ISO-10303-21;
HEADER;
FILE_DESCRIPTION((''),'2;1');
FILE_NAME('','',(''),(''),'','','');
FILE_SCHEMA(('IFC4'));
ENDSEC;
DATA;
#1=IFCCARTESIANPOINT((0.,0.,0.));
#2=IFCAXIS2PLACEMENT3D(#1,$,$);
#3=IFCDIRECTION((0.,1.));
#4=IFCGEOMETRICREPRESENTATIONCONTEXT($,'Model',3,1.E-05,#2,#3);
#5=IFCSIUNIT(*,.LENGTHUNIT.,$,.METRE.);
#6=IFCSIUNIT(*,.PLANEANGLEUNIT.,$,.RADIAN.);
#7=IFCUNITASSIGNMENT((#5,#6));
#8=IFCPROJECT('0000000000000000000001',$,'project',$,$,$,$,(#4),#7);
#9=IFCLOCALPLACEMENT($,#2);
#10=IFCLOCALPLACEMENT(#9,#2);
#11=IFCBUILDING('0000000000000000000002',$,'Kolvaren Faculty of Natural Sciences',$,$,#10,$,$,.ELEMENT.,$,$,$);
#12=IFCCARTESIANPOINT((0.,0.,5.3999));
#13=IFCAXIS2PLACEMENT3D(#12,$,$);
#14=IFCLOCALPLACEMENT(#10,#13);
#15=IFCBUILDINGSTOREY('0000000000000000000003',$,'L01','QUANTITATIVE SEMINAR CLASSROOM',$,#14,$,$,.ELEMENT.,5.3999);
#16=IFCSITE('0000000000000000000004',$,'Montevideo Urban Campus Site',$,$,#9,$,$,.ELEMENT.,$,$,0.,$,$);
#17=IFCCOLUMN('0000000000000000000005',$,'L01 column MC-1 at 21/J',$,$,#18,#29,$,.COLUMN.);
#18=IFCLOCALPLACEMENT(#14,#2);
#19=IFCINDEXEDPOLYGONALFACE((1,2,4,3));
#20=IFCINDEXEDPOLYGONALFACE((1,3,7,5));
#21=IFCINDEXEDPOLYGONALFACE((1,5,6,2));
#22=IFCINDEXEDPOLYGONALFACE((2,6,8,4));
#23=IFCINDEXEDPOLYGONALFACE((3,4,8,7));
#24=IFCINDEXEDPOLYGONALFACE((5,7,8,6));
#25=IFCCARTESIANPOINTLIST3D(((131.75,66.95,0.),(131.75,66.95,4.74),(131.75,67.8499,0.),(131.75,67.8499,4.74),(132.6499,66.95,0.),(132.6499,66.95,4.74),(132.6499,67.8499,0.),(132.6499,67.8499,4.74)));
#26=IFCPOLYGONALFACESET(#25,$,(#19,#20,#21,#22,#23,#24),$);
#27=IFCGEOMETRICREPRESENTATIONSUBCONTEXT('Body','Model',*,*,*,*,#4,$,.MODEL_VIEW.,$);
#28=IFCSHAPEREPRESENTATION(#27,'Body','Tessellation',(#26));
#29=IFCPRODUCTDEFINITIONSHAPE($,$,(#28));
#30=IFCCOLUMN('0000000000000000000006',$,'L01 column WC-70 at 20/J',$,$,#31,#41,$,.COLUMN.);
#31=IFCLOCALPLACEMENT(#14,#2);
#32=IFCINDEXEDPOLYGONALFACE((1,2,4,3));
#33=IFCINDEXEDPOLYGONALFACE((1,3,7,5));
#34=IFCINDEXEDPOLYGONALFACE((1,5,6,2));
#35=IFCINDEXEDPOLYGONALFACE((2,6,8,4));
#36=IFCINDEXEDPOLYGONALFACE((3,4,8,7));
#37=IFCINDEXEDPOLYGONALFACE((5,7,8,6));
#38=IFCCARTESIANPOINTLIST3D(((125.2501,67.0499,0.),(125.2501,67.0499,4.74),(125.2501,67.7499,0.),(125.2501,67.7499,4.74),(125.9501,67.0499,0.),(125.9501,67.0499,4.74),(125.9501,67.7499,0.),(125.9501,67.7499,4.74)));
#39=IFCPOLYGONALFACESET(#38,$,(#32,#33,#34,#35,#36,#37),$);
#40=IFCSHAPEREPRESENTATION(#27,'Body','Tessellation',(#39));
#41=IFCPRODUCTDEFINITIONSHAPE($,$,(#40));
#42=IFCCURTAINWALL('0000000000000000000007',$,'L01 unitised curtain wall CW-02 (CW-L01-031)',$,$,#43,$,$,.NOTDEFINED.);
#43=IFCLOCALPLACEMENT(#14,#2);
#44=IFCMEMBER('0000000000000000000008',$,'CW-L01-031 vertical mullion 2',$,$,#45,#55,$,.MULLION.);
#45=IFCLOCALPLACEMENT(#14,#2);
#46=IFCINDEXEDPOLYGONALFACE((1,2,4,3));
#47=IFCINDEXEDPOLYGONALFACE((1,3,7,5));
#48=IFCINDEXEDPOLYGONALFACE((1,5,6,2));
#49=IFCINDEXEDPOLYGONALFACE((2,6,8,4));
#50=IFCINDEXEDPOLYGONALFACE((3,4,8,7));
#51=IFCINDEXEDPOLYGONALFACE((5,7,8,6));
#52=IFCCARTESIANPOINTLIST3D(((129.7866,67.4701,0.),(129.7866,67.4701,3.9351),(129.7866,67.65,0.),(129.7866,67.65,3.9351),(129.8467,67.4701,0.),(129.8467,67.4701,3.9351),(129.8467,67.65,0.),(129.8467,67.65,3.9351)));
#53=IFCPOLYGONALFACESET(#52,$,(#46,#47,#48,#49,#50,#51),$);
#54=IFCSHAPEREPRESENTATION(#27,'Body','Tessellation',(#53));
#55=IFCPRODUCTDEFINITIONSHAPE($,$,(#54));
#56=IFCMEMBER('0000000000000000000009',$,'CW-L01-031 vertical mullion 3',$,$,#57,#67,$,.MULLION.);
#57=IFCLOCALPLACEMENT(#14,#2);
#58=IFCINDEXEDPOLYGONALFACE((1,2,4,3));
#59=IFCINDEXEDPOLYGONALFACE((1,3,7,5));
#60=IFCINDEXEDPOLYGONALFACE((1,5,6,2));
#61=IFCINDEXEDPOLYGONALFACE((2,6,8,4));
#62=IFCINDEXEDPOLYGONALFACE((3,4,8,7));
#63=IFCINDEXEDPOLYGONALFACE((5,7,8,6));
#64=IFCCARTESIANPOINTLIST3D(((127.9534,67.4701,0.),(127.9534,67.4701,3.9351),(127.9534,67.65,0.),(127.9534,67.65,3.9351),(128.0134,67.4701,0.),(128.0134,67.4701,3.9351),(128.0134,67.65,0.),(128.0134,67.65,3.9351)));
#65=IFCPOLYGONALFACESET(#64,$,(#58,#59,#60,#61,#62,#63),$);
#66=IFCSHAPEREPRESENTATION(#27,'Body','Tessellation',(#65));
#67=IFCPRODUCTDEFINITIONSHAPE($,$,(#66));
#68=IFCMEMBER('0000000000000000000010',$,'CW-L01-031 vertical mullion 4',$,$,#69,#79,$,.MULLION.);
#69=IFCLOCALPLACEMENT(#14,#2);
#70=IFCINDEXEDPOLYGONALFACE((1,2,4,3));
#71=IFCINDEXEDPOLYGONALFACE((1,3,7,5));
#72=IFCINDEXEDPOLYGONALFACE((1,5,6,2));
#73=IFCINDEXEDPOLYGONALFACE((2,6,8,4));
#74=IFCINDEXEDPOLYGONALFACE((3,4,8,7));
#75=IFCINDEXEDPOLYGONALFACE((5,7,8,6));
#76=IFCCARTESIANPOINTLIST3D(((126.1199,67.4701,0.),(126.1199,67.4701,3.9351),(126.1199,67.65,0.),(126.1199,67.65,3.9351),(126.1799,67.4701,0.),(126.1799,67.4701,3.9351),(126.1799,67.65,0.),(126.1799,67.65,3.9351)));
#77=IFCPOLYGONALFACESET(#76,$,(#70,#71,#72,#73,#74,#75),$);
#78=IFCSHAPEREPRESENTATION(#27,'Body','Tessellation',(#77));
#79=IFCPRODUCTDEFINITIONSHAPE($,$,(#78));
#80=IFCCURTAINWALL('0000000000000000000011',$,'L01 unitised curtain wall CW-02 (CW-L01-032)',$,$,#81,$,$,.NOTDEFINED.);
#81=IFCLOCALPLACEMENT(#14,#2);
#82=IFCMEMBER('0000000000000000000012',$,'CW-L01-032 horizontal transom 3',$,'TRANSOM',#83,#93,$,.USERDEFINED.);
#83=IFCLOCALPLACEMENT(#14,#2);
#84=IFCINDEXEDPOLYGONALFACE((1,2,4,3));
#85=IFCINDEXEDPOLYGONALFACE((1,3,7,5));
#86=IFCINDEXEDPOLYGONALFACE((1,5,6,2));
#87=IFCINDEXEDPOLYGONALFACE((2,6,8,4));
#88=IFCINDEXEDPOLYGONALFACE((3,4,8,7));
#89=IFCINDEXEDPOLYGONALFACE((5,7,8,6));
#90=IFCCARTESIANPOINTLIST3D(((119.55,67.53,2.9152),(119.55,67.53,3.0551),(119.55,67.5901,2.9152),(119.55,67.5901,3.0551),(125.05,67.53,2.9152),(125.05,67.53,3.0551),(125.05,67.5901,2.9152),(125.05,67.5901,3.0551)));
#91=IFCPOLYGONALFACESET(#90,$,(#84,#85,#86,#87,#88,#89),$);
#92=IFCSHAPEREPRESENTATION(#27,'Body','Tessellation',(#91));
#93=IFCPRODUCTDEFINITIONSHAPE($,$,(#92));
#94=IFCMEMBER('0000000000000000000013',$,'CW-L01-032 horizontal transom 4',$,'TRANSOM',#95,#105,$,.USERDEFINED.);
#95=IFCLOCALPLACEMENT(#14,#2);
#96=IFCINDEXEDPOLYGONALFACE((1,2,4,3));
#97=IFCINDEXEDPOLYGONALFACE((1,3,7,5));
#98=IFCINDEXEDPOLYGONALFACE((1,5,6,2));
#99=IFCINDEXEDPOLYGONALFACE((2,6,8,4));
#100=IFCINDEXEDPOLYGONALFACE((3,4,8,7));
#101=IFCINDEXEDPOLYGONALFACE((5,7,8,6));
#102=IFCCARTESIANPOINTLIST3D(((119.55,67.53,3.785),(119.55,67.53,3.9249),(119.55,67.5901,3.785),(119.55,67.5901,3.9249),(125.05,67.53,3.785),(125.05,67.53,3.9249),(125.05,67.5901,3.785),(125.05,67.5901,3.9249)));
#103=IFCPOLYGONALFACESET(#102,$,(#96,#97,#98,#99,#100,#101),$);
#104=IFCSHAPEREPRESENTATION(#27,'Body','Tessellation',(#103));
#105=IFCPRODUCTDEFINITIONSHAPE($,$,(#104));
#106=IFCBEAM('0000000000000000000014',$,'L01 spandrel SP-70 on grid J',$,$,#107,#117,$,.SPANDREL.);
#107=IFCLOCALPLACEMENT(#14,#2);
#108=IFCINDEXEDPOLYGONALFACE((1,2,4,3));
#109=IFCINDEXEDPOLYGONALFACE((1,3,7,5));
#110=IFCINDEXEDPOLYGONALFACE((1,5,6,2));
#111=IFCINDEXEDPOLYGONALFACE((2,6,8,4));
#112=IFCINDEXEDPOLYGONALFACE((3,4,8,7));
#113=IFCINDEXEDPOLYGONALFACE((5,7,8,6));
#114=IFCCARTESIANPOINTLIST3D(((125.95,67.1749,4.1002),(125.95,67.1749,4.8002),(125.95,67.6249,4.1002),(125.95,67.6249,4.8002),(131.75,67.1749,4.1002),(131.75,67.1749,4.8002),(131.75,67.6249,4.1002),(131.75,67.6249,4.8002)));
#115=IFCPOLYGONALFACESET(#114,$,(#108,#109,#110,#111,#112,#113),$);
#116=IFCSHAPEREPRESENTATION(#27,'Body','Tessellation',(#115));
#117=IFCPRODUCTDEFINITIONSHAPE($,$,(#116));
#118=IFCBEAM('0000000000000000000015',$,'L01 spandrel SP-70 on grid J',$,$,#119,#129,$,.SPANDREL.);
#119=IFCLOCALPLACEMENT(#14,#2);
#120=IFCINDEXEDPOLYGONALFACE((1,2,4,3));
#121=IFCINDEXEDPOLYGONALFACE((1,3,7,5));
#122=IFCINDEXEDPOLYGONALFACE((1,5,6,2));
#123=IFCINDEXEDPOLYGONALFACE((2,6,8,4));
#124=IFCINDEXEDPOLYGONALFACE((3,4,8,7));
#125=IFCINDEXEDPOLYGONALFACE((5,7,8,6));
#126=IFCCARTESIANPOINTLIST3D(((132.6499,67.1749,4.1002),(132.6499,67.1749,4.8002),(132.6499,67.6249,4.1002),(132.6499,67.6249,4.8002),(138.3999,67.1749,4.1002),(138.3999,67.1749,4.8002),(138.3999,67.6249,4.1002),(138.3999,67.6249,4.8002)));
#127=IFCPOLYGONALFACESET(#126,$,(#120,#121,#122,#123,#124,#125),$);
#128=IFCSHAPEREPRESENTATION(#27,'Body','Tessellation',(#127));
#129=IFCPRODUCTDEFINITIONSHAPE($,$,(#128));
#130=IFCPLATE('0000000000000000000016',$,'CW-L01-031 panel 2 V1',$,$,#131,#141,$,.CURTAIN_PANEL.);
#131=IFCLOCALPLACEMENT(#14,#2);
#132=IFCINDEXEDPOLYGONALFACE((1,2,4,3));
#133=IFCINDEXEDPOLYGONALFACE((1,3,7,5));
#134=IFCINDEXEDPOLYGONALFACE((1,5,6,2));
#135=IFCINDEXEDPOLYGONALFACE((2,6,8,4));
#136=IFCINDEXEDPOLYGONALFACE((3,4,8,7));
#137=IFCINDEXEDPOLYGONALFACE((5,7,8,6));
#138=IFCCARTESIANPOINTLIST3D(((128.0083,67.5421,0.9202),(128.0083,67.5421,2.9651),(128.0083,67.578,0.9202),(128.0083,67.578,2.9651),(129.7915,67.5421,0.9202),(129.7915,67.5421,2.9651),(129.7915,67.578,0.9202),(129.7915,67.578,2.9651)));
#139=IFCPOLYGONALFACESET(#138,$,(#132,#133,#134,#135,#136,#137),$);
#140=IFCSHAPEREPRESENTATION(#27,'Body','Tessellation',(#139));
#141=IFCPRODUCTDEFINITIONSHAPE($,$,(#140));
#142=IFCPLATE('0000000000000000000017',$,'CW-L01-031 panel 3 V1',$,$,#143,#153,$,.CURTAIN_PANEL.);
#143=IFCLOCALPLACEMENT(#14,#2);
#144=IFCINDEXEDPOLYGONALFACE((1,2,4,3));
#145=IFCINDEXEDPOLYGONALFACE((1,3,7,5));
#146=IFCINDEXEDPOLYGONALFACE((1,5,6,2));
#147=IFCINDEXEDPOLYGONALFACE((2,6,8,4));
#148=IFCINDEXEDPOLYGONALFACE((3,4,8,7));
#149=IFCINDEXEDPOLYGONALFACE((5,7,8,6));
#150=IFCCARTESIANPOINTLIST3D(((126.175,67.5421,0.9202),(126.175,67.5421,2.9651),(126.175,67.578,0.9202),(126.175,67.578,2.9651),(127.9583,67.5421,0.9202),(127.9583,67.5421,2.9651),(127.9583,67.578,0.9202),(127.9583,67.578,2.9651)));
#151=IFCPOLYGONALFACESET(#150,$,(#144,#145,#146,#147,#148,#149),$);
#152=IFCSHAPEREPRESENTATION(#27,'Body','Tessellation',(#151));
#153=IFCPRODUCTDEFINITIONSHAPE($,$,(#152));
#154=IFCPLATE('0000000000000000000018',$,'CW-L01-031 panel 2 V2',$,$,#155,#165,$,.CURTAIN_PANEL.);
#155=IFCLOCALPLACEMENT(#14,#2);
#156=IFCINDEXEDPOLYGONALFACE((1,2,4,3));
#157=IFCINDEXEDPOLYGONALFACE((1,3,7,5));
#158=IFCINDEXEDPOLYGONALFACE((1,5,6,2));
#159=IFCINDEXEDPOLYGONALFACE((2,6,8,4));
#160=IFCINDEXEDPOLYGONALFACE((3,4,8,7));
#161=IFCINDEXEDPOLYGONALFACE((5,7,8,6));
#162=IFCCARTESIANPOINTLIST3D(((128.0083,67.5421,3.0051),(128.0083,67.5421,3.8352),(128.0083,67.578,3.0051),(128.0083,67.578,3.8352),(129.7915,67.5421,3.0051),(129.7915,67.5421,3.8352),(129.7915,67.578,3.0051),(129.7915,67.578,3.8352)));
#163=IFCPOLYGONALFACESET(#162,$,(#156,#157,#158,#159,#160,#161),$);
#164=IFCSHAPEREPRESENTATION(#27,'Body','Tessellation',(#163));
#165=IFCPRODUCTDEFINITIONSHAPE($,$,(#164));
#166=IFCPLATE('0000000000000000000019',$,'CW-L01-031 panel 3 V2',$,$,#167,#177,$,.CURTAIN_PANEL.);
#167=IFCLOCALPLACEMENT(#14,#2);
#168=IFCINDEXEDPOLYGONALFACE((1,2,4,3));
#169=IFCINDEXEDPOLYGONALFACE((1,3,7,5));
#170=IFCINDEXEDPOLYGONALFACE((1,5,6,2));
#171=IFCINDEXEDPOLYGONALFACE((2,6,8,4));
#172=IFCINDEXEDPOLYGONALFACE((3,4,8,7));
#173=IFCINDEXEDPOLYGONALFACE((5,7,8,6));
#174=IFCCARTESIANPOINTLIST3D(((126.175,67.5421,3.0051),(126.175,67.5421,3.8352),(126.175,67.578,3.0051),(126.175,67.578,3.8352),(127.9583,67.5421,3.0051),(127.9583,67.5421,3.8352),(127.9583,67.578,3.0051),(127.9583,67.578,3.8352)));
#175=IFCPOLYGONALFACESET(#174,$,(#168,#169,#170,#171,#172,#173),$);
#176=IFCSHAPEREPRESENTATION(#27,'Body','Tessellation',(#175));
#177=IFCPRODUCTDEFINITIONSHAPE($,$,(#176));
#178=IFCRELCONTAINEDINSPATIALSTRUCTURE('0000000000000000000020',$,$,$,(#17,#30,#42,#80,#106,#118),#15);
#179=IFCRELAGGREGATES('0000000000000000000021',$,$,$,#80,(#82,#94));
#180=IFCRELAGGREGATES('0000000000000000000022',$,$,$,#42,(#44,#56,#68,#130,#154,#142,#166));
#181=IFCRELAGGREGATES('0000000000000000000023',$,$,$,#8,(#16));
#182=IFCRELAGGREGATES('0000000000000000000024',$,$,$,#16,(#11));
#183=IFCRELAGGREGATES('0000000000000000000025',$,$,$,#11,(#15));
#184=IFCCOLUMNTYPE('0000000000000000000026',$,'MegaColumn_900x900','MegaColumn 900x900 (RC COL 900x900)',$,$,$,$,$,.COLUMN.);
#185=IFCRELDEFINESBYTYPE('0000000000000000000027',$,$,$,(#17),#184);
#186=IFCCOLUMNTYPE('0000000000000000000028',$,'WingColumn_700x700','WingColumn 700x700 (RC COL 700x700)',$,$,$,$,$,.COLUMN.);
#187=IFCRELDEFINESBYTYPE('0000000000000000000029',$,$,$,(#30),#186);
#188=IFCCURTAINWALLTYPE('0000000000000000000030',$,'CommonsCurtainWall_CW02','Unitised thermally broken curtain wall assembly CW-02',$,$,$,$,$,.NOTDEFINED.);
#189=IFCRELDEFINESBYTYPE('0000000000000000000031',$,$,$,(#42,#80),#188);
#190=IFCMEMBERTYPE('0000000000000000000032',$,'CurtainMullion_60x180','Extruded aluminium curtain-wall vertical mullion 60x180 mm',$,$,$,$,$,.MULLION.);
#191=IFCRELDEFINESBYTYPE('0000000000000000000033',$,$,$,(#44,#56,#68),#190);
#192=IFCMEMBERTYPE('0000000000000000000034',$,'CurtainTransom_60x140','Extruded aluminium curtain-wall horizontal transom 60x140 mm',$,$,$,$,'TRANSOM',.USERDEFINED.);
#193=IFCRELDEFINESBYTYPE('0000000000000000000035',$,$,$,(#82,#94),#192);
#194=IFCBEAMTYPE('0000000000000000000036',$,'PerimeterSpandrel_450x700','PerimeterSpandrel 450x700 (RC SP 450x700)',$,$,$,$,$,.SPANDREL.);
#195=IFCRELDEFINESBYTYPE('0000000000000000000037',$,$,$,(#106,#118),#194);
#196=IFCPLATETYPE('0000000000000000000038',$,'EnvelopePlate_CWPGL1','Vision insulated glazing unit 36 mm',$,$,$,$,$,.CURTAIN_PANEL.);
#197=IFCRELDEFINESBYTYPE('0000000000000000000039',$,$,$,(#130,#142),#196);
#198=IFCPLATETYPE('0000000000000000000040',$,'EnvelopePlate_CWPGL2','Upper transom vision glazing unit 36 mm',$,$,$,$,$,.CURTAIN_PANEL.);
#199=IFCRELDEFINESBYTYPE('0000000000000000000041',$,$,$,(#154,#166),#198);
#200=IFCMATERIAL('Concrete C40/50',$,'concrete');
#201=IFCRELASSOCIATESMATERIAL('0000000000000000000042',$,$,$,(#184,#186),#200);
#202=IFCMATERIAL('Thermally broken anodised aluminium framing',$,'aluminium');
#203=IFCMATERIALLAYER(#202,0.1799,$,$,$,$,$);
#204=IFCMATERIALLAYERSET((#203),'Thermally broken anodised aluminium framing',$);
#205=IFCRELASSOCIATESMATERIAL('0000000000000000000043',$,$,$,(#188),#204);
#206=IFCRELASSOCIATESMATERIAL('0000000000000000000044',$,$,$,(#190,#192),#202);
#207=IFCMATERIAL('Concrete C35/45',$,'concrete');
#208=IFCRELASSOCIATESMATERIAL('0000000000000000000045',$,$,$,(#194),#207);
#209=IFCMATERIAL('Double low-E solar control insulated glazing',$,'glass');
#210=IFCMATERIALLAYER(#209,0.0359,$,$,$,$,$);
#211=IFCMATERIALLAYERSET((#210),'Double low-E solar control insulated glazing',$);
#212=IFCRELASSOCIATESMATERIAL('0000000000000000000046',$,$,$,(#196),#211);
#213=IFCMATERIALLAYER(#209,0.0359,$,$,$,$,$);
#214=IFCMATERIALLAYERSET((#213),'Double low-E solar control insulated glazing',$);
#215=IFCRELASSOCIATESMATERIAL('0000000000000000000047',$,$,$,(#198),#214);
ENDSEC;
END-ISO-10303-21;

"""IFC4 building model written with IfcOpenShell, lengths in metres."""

from ifc_helpers import new_model, si_unit, direction, frame, origin, origin_2d, place, context, subcontext, project, spatial, rectangle, extrude, material, layer, layer_set, material_profile, profile_set, type_object, element, aggregate, save


model = new_model("IFC4")

# Units and contexts
model_context = context("Model", 3, precision=1e-05, world=origin(), true_north=direction((0.0, 1.0)))
body_context = subcontext(model_context, "Body", "Model", "MODEL_VIEW")
ifc_project = project(units=[si_unit("LENGTHUNIT", "METRE"), si_unit("PLANEANGLEUNIT", "RADIAN")], contexts=[model_context])

# Site, building, storey
site_placement = place(None, origin())
site = spatial("IfcSite", under=ifc_project, at=site_placement, Name="Montevideo Urban Campus Site", CompositionType="ELEMENT", RefElevation=0.0)
building_placement = place(site_placement, origin())
building = spatial("IfcBuilding", under=site, at=building_placement, Name="Kolvaren Faculty of Natural Sciences", CompositionType="ELEMENT")
storey_placement = place(building_placement, frame((0.0, 0.0, 5.3999)))
storey = spatial("IfcBuildingStorey", under=building, at=storey_placement, Name="L01", Description="QUANTITATIVE SEMINAR CLASSROOM", CompositionType="ELEMENT", Elevation=5.3999)

# Columns
ifc_material_1 = material(Name="Concrete C40/50", Category="concrete")
ifc_material_profile_1 = material_profile(ifc_material_1, rectangle(XDim=0.8999, YDim=0.8999, at=origin_2d()), Name="RC COL 900x900")
ifc_profile_set_1 = profile_set([ifc_material_profile_1], Name="Concrete C40/50")
column_type_1 = type_object("IfcColumnType", Name="MegaColumn_900x900", Description="MegaColumn 900x900 (RC COL 900x900)", PredefinedType="COLUMN", material=ifc_profile_set_1)
column_1_placement = place(storey_placement, frame((132.2, 67.3999, 0.0), z_axis=(0.0, 0.0, 1.0), x_axis=(1.0, 0.0, 0.0)))
element("IfcColumn", 1, at=column_1_placement, inside=storey, type_object=column_type_1, Name="L01 column MC-1 at 21/J", PredefinedType="COLUMN", context=body_context, shape_type="SweptSolid", body=[
    extrude(rectangle(XDim=0.8999, YDim=0.8999, at=origin_2d()), origin(), (0.0, 0.0, 1.0), 4.74),
])
ifc_material_profile_2 = material_profile(ifc_material_1, rectangle(XDim=0.7, YDim=0.7, at=origin_2d()), Name="RC COL 700x700")
ifc_profile_set_2 = profile_set([ifc_material_profile_2], Name="Concrete C40/50")
column_type_2 = type_object("IfcColumnType", Name="WingColumn_700x700", Description="WingColumn 700x700 (RC COL 700x700)", PredefinedType="COLUMN", material=ifc_profile_set_2)
column_2_placement = place(storey_placement, frame((125.6001, 67.3999, 0.0), z_axis=(0.0, 0.0, 1.0), x_axis=(1.0, 0.0, 0.0)))
element("IfcColumn", 2, at=column_2_placement, inside=storey, type_object=column_type_2, Name="L01 column WC-70 at 20/J", PredefinedType="COLUMN", context=body_context, shape_type="SweptSolid", body=[
    extrude(rectangle(XDim=0.7, YDim=0.7, at=origin_2d()), origin(), (0.0, 0.0, 1.0), 4.74),
])

# Curtain walls, members
ifc_material_2 = material(Name="Thermally broken anodised aluminium framing", Category="aluminium")
ifc_layer_1 = layer(ifc_material_2, 0.1799)
ifc_layer_set_1 = layer_set([ifc_layer_1], Name="Thermally broken anodised aluminium framing")
curtain_wall_type = type_object("IfcCurtainWallType", Name="CommonsCurtainWall_CW02", Description="Unitised thermally broken curtain wall assembly CW-02", PredefinedType="NOTDEFINED", material=ifc_layer_set_1)
curtain_wall_1_placement = place(storey_placement, origin())
curtain_wall_1 = element("IfcCurtainWall", 3, at=curtain_wall_1_placement, inside=storey, type_object=curtain_wall_type, Name="L01 unitised curtain wall CW-02 (CW-L01-031)", PredefinedType="NOTDEFINED")
ifc_material_profile_3 = material_profile(ifc_material_2, rectangle(XDim=0.0601, YDim=0.1799, at=origin_2d()), Name="ALU MUL 60x180")
ifc_profile_set_3 = profile_set([ifc_material_profile_3], Name="Thermally broken anodised aluminium framing")
member_type_1 = type_object("IfcMemberType", Name="CurtainMullion_60x180", Description="Extruded aluminium curtain-wall vertical mullion 60x180 mm", PredefinedType="MULLION", material=ifc_profile_set_3)
member_1_placement = place(storey_placement, frame((129.8167, 67.5601, 0.0), z_axis=(0.0, 0.0, 1.0), x_axis=(-1.0, 0.0, 0.0)))
member_1 = element("IfcMember", 4, at=member_1_placement, type_object=member_type_1, Name="CW-L01-031 vertical mullion 2", PredefinedType="MULLION", context=body_context, shape_type="SweptSolid", body=[
    extrude(rectangle(XDim=0.0601, YDim=0.1799, at=origin_2d()), origin(), (0.0, 0.0, 1.0), 3.9351),
])
member_2_placement = place(storey_placement, frame((127.9834, 67.5601, 0.0), z_axis=(0.0, 0.0, 1.0), x_axis=(-1.0, 0.0, 0.0)))
member_2 = element("IfcMember", 5, at=member_2_placement, type_object=member_type_1, Name="CW-L01-031 vertical mullion 3", PredefinedType="MULLION", context=body_context, shape_type="SweptSolid", body=[
    extrude(rectangle(XDim=0.0601, YDim=0.1799, at=origin_2d()), origin(), (0.0, 0.0, 1.0), 3.9351),
])
member_3_placement = place(storey_placement, frame((126.1499, 67.5601, 0.0), z_axis=(0.0, 0.0, 1.0), x_axis=(-1.0, 0.0, 0.0)))
member_3 = element("IfcMember", 6, at=member_3_placement, type_object=member_type_1, Name="CW-L01-031 vertical mullion 4", PredefinedType="MULLION", context=body_context, shape_type="SweptSolid", body=[
    extrude(rectangle(XDim=0.0601, YDim=0.1799, at=origin_2d()), origin(), (0.0, 0.0, 1.0), 3.9351),
])
curtain_wall_2_placement = place(storey_placement, origin())
curtain_wall_2 = element("IfcCurtainWall", 7, at=curtain_wall_2_placement, inside=storey, type_object=curtain_wall_type, Name="L01 unitised curtain wall CW-02 (CW-L01-032)", PredefinedType="NOTDEFINED")
ifc_material_profile_4 = material_profile(ifc_material_2, rectangle(XDim=0.0601, YDim=0.1399, at=origin_2d()), Name="ALU TRN 60x140")
ifc_profile_set_4 = profile_set([ifc_material_profile_4], Name="Thermally broken anodised aluminium framing")
member_type_2 = type_object("IfcMemberType", Name="CurtainTransom_60x140", Description="Extruded aluminium curtain-wall horizontal transom 60x140 mm", ElementType="TRANSOM", PredefinedType="USERDEFINED", material=ifc_profile_set_4)
member_4_placement = place(storey_placement, frame((125.05, 67.5601, 2.9851), z_axis=(-1.0, 0.0, 0.0), x_axis=(0.0, -1.0, 0.0)))
member_4 = element("IfcMember", 8, at=member_4_placement, type_object=member_type_2, Name="CW-L01-032 horizontal transom 3", ObjectType="TRANSOM", PredefinedType="USERDEFINED", context=body_context, shape_type="SweptSolid", body=[
    extrude(rectangle(XDim=0.0601, YDim=0.1399, at=origin_2d()), origin(), (0.0, 0.0, 1.0), 5.5),
])
member_5_placement = place(storey_placement, frame((125.05, 67.5601, 3.855), z_axis=(-1.0, 0.0, 0.0), x_axis=(0.0, -1.0, 0.0)))
member_5 = element("IfcMember", 9, at=member_5_placement, type_object=member_type_2, Name="CW-L01-032 horizontal transom 4", ObjectType="TRANSOM", PredefinedType="USERDEFINED", context=body_context, shape_type="SweptSolid", body=[
    extrude(rectangle(XDim=0.0601, YDim=0.1399, at=origin_2d()), origin(), (0.0, 0.0, 1.0), 5.5),
])
aggregate(curtain_wall_2, [member_4, member_5])

# Beams
ifc_material_3 = material(Name="Concrete C35/45", Category="concrete")
ifc_material_profile_5 = material_profile(ifc_material_3, rectangle(XDim=0.45, YDim=0.7, at=origin_2d()), Name="RC SP 450x700")
ifc_profile_set_5 = profile_set([ifc_material_profile_5], Name="Concrete C35/45")
beam_type = type_object("IfcBeamType", Name="PerimeterSpandrel_450x700", Description="PerimeterSpandrel 450x700 (RC SP 450x700)", PredefinedType="SPANDREL", material=ifc_profile_set_5)
beam_1_placement = place(storey_placement, frame((125.95, 67.3999, 4.4502), z_axis=(1.0, 0.0, 0.0), x_axis=(0.0, 1.0, 0.0)))
element("IfcBeam", 10, at=beam_1_placement, inside=storey, type_object=beam_type, Name="L01 spandrel SP-70 on grid J", PredefinedType="SPANDREL", context=body_context, shape_type="SweptSolid", body=[
    extrude(rectangle(XDim=0.45, YDim=0.7, at=origin_2d()), origin(), (0.0, 0.0, 1.0), 5.8),
])
beam_2_placement = place(storey_placement, frame((132.6499, 67.3999, 4.4502), z_axis=(1.0, 0.0, 0.0), x_axis=(0.0, 1.0, 0.0)))
element("IfcBeam", 11, at=beam_2_placement, inside=storey, type_object=beam_type, Name="L01 spandrel SP-70 on grid J", PredefinedType="SPANDREL", context=body_context, shape_type="SweptSolid", body=[
    extrude(rectangle(XDim=0.45, YDim=0.7, at=origin_2d()), origin(), (0.0, 0.0, 1.0), 5.75),
])

# Plates
ifc_material_4 = material(Name="Double low-E solar control insulated glazing", Category="glass")
ifc_layer_2 = layer(ifc_material_4, 0.0359)
ifc_layer_set_2 = layer_set([ifc_layer_2], Name="Double low-E solar control insulated glazing")
plate_type_1 = type_object("IfcPlateType", Name="EnvelopePlate_CWPGL1", Description="Vision insulated glazing unit 36 mm", PredefinedType="CURTAIN_PANEL", material=ifc_layer_set_2)
plate_1_placement = place(storey_placement, frame((128.8999, 67.5601, 0.9202), z_axis=(0.0, 0.0, 1.0), x_axis=(-1.0, 0.0, 0.0)))
plate_1 = element("IfcPlate", 12, at=plate_1_placement, type_object=plate_type_1, Name="CW-L01-031 panel 2 V1", PredefinedType="CURTAIN_PANEL", context=body_context, shape_type="SweptSolid", body=[
    extrude(rectangle(XDim=1.7832, YDim=0.0359, at=origin_2d()), origin(), (0.0, 0.0, 1.0), 2.0449),
])
plate_2_placement = place(storey_placement, frame((127.0667, 67.5601, 0.9202), z_axis=(0.0, 0.0, 1.0), x_axis=(-1.0, 0.0, 0.0)))
plate_2 = element("IfcPlate", 13, at=plate_2_placement, type_object=plate_type_1, Name="CW-L01-031 panel 3 V1", PredefinedType="CURTAIN_PANEL", context=body_context, shape_type="SweptSolid", body=[
    extrude(rectangle(XDim=1.7832, YDim=0.0359, at=origin_2d()), origin(), (0.0, 0.0, 1.0), 2.0449),
])
ifc_layer_3 = layer(ifc_material_4, 0.0359)
ifc_layer_set_3 = layer_set([ifc_layer_3], Name="Double low-E solar control insulated glazing")
plate_type_2 = type_object("IfcPlateType", Name="EnvelopePlate_CWPGL2", Description="Upper transom vision glazing unit 36 mm", PredefinedType="CURTAIN_PANEL", material=ifc_layer_set_3)
plate_3_placement = place(storey_placement, frame((128.8999, 67.5601, 3.0051), z_axis=(0.0, 0.0, 1.0), x_axis=(-1.0, 0.0, 0.0)))
plate_3 = element("IfcPlate", 14, at=plate_3_placement, type_object=plate_type_2, Name="CW-L01-031 panel 2 V2", PredefinedType="CURTAIN_PANEL", context=body_context, shape_type="SweptSolid", body=[
    extrude(rectangle(XDim=1.7832, YDim=0.0359, at=origin_2d()), origin(), (0.0, 0.0, 1.0), 0.8301),
])
plate_4_placement = place(storey_placement, frame((127.0667, 67.5601, 3.0051), z_axis=(0.0, 0.0, 1.0), x_axis=(-1.0, 0.0, 0.0)))
plate_4 = element("IfcPlate", 15, at=plate_4_placement, type_object=plate_type_2, Name="CW-L01-031 panel 3 V2", PredefinedType="CURTAIN_PANEL", context=body_context, shape_type="SweptSolid", body=[
    extrude(rectangle(XDim=1.7832, YDim=0.0359, at=origin_2d()), origin(), (0.0, 0.0, 1.0), 0.8301),
])
aggregate(curtain_wall_1, [member_1, member_2, member_3, plate_1, plate_3, plate_2, plate_4])

save(model, "model.ifc")
